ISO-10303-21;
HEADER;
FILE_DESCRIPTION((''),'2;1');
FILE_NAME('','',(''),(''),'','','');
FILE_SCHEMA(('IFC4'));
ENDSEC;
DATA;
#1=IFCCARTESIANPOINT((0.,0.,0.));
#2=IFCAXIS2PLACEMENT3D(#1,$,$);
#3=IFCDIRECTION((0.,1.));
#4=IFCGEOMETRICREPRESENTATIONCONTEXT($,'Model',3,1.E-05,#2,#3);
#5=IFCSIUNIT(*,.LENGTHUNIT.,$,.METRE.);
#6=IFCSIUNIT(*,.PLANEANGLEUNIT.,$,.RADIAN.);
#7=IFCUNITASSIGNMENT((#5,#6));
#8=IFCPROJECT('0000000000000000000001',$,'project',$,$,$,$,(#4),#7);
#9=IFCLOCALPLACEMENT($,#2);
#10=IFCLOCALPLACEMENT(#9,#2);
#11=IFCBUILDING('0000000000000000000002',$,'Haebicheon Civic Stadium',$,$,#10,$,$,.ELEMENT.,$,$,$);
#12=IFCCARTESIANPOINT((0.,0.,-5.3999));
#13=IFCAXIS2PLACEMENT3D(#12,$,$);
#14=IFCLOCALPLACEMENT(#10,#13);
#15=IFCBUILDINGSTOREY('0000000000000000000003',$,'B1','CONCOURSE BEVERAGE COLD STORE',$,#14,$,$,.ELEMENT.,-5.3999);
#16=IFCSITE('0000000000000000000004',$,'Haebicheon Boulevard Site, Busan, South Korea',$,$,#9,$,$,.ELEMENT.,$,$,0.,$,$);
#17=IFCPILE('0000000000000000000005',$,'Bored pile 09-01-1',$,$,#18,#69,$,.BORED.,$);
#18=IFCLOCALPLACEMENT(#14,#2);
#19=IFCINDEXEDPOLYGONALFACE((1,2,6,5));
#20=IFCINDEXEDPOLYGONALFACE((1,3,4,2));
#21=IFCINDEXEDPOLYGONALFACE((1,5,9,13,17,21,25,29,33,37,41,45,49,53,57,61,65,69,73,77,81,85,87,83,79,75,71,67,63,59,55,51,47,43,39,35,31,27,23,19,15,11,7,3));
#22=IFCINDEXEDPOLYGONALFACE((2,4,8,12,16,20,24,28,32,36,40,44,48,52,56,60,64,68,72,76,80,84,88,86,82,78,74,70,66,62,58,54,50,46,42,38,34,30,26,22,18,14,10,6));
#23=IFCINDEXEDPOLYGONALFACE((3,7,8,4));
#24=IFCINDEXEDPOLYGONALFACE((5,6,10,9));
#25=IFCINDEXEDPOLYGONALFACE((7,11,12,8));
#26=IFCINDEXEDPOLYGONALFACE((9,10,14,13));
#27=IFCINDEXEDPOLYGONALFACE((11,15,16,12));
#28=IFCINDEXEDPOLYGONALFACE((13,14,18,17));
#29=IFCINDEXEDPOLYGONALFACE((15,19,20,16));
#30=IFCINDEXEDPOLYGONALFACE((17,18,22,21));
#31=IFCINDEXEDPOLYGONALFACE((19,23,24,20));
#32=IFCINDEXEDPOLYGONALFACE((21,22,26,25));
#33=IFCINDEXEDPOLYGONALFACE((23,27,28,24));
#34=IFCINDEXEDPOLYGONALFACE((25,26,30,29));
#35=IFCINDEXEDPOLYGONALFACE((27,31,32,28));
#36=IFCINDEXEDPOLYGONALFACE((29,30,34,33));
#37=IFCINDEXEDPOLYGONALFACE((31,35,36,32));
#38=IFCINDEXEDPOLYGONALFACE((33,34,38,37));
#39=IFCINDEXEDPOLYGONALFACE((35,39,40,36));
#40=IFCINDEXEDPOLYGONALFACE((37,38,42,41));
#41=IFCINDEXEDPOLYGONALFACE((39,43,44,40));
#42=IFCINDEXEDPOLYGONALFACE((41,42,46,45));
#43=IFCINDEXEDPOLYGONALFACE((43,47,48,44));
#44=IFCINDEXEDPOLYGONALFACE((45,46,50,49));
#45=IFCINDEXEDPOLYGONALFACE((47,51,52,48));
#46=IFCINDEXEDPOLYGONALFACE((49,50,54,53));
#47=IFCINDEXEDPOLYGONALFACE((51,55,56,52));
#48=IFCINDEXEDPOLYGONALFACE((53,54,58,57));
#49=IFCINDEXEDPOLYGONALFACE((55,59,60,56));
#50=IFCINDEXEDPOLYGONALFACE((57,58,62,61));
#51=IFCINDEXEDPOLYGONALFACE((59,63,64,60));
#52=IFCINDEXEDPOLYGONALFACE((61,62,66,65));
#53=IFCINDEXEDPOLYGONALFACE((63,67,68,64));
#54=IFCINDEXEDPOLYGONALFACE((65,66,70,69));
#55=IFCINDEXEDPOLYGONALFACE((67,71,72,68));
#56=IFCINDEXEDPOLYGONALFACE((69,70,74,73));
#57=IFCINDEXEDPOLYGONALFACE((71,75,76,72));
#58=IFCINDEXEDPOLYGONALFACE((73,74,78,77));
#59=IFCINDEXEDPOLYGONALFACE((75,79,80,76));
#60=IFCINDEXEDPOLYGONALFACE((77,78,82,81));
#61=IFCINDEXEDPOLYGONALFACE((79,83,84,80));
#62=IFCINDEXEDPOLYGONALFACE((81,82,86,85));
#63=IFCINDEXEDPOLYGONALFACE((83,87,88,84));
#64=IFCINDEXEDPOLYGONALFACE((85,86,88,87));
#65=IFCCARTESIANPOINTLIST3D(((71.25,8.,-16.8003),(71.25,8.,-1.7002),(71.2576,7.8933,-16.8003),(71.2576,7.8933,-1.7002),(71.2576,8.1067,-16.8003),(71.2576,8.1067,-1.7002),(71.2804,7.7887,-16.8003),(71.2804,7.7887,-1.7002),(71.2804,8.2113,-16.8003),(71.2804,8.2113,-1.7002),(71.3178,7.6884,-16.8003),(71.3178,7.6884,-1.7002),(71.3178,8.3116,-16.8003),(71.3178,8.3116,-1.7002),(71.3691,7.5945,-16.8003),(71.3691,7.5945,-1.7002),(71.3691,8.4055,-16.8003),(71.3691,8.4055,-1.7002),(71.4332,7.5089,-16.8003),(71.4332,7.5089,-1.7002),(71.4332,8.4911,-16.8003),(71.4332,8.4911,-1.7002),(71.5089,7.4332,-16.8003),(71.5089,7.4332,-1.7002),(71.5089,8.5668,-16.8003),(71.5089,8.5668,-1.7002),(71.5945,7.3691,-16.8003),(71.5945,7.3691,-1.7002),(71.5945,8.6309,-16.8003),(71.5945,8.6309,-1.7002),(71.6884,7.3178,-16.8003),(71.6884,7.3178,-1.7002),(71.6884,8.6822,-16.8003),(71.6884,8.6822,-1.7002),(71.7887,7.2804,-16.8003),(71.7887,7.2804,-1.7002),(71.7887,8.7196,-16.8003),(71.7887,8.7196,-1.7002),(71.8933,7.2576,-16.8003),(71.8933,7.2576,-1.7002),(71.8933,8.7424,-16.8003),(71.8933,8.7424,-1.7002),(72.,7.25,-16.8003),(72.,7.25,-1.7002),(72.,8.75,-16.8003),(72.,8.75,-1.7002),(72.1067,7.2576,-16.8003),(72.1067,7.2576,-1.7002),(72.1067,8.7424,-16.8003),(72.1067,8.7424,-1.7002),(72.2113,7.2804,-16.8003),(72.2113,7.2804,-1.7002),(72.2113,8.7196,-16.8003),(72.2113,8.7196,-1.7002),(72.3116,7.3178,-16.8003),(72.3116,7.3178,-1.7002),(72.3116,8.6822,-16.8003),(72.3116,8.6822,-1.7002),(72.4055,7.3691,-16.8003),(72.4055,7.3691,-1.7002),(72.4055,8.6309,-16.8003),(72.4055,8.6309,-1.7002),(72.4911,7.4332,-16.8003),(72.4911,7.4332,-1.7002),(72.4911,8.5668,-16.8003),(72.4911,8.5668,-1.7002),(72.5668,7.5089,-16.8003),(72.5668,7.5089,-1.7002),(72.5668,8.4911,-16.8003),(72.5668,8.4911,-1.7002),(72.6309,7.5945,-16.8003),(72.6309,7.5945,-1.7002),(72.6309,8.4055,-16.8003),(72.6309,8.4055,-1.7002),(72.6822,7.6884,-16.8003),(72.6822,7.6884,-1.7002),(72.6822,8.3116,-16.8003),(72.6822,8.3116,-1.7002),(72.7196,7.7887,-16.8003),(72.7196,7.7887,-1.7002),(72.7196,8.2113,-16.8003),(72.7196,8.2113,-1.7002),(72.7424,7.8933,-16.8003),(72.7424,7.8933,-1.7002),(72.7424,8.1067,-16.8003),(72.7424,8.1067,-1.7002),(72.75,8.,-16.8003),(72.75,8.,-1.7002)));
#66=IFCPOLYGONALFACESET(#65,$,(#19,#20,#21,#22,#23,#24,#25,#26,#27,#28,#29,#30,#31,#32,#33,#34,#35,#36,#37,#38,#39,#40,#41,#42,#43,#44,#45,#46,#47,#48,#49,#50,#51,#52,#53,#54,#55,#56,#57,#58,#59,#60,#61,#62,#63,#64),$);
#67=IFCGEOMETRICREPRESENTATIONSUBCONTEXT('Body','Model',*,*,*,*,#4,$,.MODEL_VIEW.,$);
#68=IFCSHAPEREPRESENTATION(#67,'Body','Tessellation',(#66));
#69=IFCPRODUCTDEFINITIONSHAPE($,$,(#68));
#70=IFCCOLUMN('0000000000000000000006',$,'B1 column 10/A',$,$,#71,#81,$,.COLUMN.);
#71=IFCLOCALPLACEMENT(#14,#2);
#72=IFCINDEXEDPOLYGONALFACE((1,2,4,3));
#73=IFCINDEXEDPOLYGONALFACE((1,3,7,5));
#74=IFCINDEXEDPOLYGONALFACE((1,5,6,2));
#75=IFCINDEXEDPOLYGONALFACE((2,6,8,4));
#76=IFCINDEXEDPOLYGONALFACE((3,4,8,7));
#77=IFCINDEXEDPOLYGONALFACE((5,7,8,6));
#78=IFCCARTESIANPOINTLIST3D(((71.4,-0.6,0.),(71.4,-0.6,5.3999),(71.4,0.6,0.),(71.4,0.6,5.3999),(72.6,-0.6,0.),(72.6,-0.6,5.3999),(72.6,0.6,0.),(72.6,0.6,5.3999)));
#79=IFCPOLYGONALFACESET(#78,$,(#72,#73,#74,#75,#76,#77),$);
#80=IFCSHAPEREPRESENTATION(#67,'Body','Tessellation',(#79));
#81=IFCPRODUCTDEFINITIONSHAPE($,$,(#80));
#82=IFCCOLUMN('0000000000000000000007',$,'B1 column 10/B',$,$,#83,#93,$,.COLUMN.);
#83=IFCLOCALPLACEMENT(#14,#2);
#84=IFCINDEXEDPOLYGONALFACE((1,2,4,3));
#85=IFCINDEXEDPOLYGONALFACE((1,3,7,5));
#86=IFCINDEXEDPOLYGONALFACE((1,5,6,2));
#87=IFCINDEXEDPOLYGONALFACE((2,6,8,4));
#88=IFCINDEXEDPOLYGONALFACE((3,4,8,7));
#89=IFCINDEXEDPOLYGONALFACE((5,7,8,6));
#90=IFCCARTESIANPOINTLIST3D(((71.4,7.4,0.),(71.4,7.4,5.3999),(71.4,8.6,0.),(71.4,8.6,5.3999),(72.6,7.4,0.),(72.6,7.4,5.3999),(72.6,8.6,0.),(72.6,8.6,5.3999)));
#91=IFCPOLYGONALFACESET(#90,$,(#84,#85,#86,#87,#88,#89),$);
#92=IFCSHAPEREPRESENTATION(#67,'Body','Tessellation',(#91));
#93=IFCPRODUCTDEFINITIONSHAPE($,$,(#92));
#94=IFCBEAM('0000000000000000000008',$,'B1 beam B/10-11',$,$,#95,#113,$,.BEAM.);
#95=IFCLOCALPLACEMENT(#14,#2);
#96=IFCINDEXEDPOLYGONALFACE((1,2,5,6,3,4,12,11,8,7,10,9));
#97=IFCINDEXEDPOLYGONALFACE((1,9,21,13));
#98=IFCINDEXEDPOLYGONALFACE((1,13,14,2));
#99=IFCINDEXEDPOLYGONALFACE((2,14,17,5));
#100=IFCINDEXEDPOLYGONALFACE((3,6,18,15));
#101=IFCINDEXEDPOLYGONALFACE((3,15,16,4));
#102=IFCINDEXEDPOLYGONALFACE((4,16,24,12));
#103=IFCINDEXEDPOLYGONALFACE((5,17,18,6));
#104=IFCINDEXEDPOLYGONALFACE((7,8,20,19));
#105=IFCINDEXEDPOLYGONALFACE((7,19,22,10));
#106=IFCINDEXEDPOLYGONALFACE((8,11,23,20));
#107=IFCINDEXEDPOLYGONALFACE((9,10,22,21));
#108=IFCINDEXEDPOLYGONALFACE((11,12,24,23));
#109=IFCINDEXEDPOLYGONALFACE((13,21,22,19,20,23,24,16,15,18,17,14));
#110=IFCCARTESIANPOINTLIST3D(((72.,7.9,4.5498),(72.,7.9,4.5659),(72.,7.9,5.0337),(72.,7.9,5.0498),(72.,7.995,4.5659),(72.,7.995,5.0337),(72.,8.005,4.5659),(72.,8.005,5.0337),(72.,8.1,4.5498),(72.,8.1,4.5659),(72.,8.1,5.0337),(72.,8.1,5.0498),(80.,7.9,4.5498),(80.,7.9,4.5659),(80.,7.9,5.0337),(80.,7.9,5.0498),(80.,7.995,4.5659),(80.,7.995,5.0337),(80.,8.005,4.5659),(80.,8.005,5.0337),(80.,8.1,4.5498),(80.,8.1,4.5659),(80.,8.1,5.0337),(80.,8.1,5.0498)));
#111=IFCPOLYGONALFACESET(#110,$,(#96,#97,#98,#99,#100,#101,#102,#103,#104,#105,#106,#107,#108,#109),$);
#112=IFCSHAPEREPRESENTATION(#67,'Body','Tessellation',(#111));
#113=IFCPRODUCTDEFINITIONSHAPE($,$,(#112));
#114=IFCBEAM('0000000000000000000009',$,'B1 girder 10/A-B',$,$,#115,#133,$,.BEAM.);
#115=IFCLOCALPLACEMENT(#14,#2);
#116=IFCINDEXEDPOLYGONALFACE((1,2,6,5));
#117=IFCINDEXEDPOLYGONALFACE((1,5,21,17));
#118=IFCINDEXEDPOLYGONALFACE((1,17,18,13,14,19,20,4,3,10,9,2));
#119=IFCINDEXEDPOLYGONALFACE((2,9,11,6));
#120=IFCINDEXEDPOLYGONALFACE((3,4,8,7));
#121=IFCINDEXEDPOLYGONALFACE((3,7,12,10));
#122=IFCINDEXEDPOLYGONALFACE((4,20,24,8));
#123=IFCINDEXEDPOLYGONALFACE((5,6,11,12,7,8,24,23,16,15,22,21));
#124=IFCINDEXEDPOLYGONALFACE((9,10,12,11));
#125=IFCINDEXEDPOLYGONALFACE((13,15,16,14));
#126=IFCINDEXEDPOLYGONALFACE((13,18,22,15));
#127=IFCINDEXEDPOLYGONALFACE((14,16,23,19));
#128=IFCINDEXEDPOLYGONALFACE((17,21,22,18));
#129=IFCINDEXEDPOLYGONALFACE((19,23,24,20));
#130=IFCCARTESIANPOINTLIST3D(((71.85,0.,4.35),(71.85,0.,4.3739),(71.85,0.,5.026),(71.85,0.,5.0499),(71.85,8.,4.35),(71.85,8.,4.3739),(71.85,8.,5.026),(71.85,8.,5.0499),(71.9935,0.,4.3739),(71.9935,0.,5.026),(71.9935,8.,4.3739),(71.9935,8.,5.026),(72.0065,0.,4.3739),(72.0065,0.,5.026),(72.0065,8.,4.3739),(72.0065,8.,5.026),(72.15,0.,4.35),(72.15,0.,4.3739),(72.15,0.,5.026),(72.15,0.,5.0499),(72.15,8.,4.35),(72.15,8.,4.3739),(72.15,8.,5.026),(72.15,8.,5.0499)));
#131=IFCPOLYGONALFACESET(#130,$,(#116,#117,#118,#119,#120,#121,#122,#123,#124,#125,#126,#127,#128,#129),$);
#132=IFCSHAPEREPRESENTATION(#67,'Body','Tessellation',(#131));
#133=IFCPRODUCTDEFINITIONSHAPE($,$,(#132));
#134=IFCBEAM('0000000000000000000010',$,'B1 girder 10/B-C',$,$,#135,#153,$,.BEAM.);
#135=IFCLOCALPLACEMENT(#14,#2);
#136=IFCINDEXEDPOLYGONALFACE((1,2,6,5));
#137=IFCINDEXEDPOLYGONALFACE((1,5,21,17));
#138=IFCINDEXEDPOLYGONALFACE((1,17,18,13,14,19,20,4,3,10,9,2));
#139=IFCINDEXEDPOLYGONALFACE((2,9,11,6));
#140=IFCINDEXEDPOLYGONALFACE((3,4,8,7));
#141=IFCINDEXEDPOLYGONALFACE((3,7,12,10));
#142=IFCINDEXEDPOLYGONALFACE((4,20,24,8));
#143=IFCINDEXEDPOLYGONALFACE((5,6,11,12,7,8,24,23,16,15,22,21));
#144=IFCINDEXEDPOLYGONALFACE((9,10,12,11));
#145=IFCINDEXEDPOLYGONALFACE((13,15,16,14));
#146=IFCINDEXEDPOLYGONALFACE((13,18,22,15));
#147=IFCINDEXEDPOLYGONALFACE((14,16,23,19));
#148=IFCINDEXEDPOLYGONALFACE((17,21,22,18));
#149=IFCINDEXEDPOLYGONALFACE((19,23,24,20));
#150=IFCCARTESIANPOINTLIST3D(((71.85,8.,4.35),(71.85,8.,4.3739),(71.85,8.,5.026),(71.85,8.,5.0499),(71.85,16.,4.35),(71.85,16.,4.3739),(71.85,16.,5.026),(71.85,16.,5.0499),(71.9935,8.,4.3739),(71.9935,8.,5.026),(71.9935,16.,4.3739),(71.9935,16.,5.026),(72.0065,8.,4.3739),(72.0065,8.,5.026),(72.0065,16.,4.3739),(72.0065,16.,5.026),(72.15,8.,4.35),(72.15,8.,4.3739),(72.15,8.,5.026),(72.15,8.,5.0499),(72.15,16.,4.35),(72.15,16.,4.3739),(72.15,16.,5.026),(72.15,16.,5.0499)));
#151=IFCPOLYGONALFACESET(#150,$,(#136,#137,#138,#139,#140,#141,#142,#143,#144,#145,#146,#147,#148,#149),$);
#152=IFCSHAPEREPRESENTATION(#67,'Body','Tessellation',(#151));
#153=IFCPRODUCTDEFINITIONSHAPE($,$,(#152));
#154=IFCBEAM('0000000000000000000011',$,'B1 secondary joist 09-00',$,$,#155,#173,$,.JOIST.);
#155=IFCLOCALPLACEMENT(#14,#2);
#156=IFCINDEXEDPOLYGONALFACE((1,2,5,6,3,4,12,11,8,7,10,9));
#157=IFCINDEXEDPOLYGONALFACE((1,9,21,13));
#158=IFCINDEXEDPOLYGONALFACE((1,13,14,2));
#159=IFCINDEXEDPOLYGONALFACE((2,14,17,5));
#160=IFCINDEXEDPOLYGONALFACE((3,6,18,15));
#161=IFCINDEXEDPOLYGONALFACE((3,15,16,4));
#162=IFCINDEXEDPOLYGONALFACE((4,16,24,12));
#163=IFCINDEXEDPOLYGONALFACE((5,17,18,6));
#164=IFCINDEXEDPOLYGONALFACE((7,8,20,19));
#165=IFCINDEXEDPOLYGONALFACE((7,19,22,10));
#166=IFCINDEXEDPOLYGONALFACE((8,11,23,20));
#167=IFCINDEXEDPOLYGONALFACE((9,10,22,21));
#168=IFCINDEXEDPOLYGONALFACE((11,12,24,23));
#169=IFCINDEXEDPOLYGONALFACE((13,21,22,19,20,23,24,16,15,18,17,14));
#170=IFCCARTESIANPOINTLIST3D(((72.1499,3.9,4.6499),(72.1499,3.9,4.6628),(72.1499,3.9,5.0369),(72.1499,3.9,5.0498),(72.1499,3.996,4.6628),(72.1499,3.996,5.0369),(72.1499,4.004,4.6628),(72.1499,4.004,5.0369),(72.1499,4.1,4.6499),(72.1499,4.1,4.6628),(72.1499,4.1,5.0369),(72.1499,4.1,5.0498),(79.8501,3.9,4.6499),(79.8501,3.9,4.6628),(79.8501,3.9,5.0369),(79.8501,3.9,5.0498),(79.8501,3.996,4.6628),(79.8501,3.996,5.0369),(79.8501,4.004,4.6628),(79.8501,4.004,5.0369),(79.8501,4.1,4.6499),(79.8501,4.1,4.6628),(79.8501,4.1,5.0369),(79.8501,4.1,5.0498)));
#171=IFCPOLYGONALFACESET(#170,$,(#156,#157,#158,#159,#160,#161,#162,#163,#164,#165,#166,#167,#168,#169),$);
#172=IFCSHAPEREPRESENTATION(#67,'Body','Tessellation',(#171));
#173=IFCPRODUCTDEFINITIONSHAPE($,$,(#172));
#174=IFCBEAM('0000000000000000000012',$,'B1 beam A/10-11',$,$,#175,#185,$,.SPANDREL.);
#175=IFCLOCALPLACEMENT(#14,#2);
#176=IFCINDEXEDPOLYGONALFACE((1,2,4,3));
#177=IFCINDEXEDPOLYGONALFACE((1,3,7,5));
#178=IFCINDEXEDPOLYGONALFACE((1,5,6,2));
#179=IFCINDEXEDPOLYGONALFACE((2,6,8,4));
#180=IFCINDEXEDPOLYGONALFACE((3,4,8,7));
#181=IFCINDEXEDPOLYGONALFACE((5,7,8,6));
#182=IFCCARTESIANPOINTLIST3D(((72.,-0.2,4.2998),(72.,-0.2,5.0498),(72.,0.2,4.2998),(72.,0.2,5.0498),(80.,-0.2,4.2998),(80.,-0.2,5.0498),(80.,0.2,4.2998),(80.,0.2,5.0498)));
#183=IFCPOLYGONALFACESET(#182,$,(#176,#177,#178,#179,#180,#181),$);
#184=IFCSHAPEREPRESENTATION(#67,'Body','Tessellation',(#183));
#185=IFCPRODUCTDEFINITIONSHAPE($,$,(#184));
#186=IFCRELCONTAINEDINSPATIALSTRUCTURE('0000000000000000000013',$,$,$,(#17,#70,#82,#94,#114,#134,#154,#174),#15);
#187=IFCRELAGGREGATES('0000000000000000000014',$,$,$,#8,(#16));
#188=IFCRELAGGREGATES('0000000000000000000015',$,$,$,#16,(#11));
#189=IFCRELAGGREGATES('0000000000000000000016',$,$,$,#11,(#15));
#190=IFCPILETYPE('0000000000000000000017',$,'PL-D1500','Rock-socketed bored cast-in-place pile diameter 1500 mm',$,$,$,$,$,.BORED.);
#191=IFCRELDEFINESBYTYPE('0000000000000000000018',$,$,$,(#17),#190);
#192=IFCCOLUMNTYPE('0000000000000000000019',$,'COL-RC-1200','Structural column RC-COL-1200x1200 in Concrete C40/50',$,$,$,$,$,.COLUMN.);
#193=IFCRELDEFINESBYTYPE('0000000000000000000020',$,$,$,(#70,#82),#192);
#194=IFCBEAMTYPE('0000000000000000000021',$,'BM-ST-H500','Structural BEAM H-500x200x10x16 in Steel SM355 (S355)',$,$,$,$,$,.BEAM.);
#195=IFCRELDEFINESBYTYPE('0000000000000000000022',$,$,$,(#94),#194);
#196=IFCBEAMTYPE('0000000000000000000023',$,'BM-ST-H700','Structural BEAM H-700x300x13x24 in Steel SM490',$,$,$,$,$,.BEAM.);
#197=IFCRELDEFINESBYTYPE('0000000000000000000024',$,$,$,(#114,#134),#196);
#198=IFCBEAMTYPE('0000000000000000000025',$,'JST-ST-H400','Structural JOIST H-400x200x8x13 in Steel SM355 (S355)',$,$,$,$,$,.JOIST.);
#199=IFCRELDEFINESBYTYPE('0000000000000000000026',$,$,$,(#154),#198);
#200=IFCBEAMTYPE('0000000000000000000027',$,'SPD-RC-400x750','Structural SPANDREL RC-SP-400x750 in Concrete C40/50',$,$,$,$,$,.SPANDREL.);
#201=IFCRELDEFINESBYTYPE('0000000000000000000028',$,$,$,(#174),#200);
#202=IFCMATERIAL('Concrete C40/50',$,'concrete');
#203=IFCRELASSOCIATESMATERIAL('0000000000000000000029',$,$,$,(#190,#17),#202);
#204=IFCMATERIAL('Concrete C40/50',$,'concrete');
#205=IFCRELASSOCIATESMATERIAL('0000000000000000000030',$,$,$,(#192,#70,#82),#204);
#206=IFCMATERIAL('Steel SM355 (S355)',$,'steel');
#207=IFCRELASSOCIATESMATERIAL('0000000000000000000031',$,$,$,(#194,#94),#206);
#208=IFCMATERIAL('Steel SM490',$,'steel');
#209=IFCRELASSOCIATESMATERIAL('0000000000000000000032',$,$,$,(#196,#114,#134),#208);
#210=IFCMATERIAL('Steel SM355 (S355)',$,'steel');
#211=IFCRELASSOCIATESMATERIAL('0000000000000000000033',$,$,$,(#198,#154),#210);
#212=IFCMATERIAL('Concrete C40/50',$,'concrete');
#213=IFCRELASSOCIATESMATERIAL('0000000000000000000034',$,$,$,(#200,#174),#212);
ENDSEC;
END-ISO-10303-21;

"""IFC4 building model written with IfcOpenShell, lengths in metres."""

from ifc_helpers import new_model, si_unit, direction, frame, origin, origin_2d, place, context, subcontext, project, spatial, rectangle, circle, i_section, extrude, material, material_profile, profile_set, type_object, element, save


model = new_model("IFC4")

# Units and contexts
model_context = context("Model", 3, precision=1e-05, world=origin(), true_north=direction((0.0, 1.0)))
body_context = subcontext(model_context, "Body", "Model", "MODEL_VIEW")
ifc_project = project(units=[si_unit("LENGTHUNIT", "METRE"), si_unit("PLANEANGLEUNIT", "RADIAN")], contexts=[model_context])

# Site, building, storey
site_placement = place(None, origin())
site = spatial("IfcSite", under=ifc_project, at=site_placement, Name="Haebicheon Boulevard Site, Busan, South Korea", CompositionType="ELEMENT", RefElevation=0.0)
building_placement = place(site_placement, origin())
building = spatial("IfcBuilding", under=site, at=building_placement, Name="Haebicheon Civic Stadium", CompositionType="ELEMENT")
storey_placement = place(building_placement, frame((0.0, 0.0, -5.3999)))
storey = spatial("IfcBuildingStorey", under=building, at=storey_placement, Name="B1", Description="CONCOURSE BEVERAGE COLD STORE", CompositionType="ELEMENT", Elevation=-5.3999)

# Pile
ifc_material_1 = material(Name="Concrete C40/50", Category="concrete")
ifc_material_profile_1 = material_profile(ifc_material_1, circle(Radius=0.75, at=origin_2d()), Name="PILE-D1500")
ifc_profile_set_1 = profile_set([ifc_material_profile_1], Name="Concrete C40/50")
pile_type_1 = type_object("IfcPileType", Name="PL-D1500", Description="Rock-socketed bored cast-in-place pile diameter 1500 mm", PredefinedType="BORED", material=ifc_profile_set_1)
pile_1_placement = place(storey_placement, frame((72.0, 8.0, -1.7002), z_axis=(0.0, 0.0, -1.0), x_axis=(1.0, 0.0, 0.0)))
element("IfcPile", 1, at=pile_1_placement, inside=storey, type_object=pile_type_1, material=ifc_profile_set_1, Name="Bored pile 09-01-1", PredefinedType="BORED", context=body_context, shape_type="SweptSolid", body=[
    extrude(circle(Radius=0.75, at=origin_2d()), origin(), (0.0, 0.0, 1.0), 15.1001),
])

# Columns
ifc_material_2 = material(Name="Concrete C40/50", Category="concrete")
ifc_material_profile_2 = material_profile(ifc_material_2, rectangle(XDim=1.2, YDim=1.2, at=origin_2d()), Name="RC-COL-1200x1200")
ifc_profile_set_2 = profile_set([ifc_material_profile_2], Name="Concrete C40/50")
column_type = type_object("IfcColumnType", Name="COL-RC-1200", Description="Structural column RC-COL-1200x1200 in Concrete C40/50", PredefinedType="COLUMN", material=ifc_profile_set_2)
for number, where, z_axis, x_axis, name in (
    (2, (72.0, 0.0, 0.0), (0.0, 0.0, 1.0), (1.0, 0.0, 0.0), "B1 column 10/A"),
    (3, (72.0, 8.0, 0.0), (0.0, 0.0, 1.0), (1.0, 0.0, 0.0), "B1 column 10/B"),
):
    element("IfcColumn", number, at=place(storey_placement, frame(where, z_axis=z_axis, x_axis=x_axis)), inside=storey, type_object=column_type, material=ifc_profile_set_2, Name=name, PredefinedType="COLUMN", context=body_context, shape_type="SweptSolid", body=[
        extrude(rectangle(XDim=1.2, YDim=1.2, at=origin_2d()), origin(), (0.0, 0.0, 1.0), 5.3999),
    ])

# Beams
ifc_material_3 = material(Name="Steel SM355 (S355)", Category="steel")
ifc_material_profile_3 = material_profile(ifc_material_3, i_section(OverallWidth=0.2, OverallDepth=0.5, WebThickness=0.01, FlangeThickness=0.0161, at=origin_2d()), Name="H-500x200x10x16")
ifc_profile_set_3 = profile_set([ifc_material_profile_3], Name="Steel SM355 (S355)")
beam_type_1 = type_object("IfcBeamType", Name="BM-ST-H500", Description="Structural BEAM H-500x200x10x16 in Steel SM355 (S355)", PredefinedType="BEAM", material=ifc_profile_set_3)
beam_1_placement = place(storey_placement, frame((72.0, 8.0, 4.7998), z_axis=(1.0, 0.0, 0.0), x_axis=(0.0, 1.0, 0.0)))
element("IfcBeam", 4, at=beam_1_placement, inside=storey, type_object=beam_type_1, material=ifc_profile_set_3, Name="B1 beam B/10-11", PredefinedType="BEAM", context=body_context, shape_type="SweptSolid", body=[
    extrude(i_section(OverallWidth=0.2, OverallDepth=0.5, WebThickness=0.01, FlangeThickness=0.0161, at=origin_2d()), origin(), (0.0, 0.0, 1.0), 8.0),
])
ifc_material_4 = material(Name="Steel SM490", Category="steel")
ifc_material_profile_4 = material_profile(ifc_material_4, i_section(OverallWidth=0.3, OverallDepth=0.7, WebThickness=0.0129, FlangeThickness=0.0239, at=origin_2d()), Name="H-700x300x13x24")
ifc_profile_set_4 = profile_set([ifc_material_profile_4], Name="Steel SM490")
beam_type_2 = type_object("IfcBeamType", Name="BM-ST-H700", Description="Structural BEAM H-700x300x13x24 in Steel SM490", PredefinedType="BEAM", material=ifc_profile_set_4)
for number, where, z_axis, x_axis, name in (
    (5, (72.0, 0.0, 4.7), (0.0, 1.0, 0.0), (-1.0, 0.0, 0.0), "B1 girder 10/A-B"),
    (6, (72.0, 8.0, 4.7), (0.0, 1.0, 0.0), (-1.0, 0.0, 0.0), "B1 girder 10/B-C"),
):
    element("IfcBeam", number, at=place(storey_placement, frame(where, z_axis=z_axis, x_axis=x_axis)), inside=storey, type_object=beam_type_2, material=ifc_profile_set_4, Name=name, PredefinedType="BEAM", context=body_context, shape_type="SweptSolid", body=[
        extrude(i_section(OverallWidth=0.3, OverallDepth=0.7, WebThickness=0.0129, FlangeThickness=0.0239, at=origin_2d()), origin(), (0.0, 0.0, 1.0), 8.0),
    ])
ifc_material_5 = material(Name="Steel SM355 (S355)", Category="steel")
ifc_material_profile_5 = material_profile(ifc_material_5, i_section(OverallWidth=0.2, OverallDepth=0.3999, WebThickness=0.0081, FlangeThickness=0.0129, at=origin_2d()), Name="H-400x200x8x13")
ifc_profile_set_5 = profile_set([ifc_material_profile_5], Name="Steel SM355 (S355)")
beam_type_3 = type_object("IfcBeamType", Name="JST-ST-H400", Description="Structural JOIST H-400x200x8x13 in Steel SM355 (S355)", PredefinedType="JOIST", material=ifc_profile_set_5)
beam_2_placement = place(storey_placement, frame((72.1499, 4.0, 4.8499), z_axis=(1.0, 0.0, 0.0), x_axis=(0.0, 1.0, 0.0)))
element("IfcBeam", 7, at=beam_2_placement, inside=storey, type_object=beam_type_3, material=ifc_profile_set_5, Name="B1 secondary joist 09-00", PredefinedType="JOIST", context=body_context, shape_type="SweptSolid", body=[
    extrude(i_section(OverallWidth=0.2, OverallDepth=0.3999, WebThickness=0.0081, FlangeThickness=0.0129, at=origin_2d()), origin(), (0.0, 0.0, 1.0), 7.7002),
])
ifc_material_6 = material(Name="Concrete C40/50", Category="concrete")
ifc_material_profile_6 = material_profile(ifc_material_6, rectangle(XDim=0.3999, YDim=0.75, at=origin_2d()), Name="RC-SP-400x750")
ifc_profile_set_6 = profile_set([ifc_material_profile_6], Name="Concrete C40/50")
beam_type_4 = type_object("IfcBeamType", Name="SPD-RC-400x750", Description="Structural SPANDREL RC-SP-400x750 in Concrete C40/50", PredefinedType="SPANDREL", material=ifc_profile_set_6)
beam_3_placement = place(storey_placement, frame((72.0, 0.0, 4.6748), z_axis=(1.0, 0.0, 0.0), x_axis=(0.0, 1.0, 0.0)))
element("IfcBeam", 8, at=beam_3_placement, inside=storey, type_object=beam_type_4, material=ifc_profile_set_6, Name="B1 beam A/10-11", PredefinedType="SPANDREL", context=body_context, shape_type="SweptSolid", body=[
    extrude(rectangle(XDim=0.3999, YDim=0.75, at=origin_2d()), origin(), (0.0, 0.0, 1.0), 8.0),
])

save(model, "model.ifc")
